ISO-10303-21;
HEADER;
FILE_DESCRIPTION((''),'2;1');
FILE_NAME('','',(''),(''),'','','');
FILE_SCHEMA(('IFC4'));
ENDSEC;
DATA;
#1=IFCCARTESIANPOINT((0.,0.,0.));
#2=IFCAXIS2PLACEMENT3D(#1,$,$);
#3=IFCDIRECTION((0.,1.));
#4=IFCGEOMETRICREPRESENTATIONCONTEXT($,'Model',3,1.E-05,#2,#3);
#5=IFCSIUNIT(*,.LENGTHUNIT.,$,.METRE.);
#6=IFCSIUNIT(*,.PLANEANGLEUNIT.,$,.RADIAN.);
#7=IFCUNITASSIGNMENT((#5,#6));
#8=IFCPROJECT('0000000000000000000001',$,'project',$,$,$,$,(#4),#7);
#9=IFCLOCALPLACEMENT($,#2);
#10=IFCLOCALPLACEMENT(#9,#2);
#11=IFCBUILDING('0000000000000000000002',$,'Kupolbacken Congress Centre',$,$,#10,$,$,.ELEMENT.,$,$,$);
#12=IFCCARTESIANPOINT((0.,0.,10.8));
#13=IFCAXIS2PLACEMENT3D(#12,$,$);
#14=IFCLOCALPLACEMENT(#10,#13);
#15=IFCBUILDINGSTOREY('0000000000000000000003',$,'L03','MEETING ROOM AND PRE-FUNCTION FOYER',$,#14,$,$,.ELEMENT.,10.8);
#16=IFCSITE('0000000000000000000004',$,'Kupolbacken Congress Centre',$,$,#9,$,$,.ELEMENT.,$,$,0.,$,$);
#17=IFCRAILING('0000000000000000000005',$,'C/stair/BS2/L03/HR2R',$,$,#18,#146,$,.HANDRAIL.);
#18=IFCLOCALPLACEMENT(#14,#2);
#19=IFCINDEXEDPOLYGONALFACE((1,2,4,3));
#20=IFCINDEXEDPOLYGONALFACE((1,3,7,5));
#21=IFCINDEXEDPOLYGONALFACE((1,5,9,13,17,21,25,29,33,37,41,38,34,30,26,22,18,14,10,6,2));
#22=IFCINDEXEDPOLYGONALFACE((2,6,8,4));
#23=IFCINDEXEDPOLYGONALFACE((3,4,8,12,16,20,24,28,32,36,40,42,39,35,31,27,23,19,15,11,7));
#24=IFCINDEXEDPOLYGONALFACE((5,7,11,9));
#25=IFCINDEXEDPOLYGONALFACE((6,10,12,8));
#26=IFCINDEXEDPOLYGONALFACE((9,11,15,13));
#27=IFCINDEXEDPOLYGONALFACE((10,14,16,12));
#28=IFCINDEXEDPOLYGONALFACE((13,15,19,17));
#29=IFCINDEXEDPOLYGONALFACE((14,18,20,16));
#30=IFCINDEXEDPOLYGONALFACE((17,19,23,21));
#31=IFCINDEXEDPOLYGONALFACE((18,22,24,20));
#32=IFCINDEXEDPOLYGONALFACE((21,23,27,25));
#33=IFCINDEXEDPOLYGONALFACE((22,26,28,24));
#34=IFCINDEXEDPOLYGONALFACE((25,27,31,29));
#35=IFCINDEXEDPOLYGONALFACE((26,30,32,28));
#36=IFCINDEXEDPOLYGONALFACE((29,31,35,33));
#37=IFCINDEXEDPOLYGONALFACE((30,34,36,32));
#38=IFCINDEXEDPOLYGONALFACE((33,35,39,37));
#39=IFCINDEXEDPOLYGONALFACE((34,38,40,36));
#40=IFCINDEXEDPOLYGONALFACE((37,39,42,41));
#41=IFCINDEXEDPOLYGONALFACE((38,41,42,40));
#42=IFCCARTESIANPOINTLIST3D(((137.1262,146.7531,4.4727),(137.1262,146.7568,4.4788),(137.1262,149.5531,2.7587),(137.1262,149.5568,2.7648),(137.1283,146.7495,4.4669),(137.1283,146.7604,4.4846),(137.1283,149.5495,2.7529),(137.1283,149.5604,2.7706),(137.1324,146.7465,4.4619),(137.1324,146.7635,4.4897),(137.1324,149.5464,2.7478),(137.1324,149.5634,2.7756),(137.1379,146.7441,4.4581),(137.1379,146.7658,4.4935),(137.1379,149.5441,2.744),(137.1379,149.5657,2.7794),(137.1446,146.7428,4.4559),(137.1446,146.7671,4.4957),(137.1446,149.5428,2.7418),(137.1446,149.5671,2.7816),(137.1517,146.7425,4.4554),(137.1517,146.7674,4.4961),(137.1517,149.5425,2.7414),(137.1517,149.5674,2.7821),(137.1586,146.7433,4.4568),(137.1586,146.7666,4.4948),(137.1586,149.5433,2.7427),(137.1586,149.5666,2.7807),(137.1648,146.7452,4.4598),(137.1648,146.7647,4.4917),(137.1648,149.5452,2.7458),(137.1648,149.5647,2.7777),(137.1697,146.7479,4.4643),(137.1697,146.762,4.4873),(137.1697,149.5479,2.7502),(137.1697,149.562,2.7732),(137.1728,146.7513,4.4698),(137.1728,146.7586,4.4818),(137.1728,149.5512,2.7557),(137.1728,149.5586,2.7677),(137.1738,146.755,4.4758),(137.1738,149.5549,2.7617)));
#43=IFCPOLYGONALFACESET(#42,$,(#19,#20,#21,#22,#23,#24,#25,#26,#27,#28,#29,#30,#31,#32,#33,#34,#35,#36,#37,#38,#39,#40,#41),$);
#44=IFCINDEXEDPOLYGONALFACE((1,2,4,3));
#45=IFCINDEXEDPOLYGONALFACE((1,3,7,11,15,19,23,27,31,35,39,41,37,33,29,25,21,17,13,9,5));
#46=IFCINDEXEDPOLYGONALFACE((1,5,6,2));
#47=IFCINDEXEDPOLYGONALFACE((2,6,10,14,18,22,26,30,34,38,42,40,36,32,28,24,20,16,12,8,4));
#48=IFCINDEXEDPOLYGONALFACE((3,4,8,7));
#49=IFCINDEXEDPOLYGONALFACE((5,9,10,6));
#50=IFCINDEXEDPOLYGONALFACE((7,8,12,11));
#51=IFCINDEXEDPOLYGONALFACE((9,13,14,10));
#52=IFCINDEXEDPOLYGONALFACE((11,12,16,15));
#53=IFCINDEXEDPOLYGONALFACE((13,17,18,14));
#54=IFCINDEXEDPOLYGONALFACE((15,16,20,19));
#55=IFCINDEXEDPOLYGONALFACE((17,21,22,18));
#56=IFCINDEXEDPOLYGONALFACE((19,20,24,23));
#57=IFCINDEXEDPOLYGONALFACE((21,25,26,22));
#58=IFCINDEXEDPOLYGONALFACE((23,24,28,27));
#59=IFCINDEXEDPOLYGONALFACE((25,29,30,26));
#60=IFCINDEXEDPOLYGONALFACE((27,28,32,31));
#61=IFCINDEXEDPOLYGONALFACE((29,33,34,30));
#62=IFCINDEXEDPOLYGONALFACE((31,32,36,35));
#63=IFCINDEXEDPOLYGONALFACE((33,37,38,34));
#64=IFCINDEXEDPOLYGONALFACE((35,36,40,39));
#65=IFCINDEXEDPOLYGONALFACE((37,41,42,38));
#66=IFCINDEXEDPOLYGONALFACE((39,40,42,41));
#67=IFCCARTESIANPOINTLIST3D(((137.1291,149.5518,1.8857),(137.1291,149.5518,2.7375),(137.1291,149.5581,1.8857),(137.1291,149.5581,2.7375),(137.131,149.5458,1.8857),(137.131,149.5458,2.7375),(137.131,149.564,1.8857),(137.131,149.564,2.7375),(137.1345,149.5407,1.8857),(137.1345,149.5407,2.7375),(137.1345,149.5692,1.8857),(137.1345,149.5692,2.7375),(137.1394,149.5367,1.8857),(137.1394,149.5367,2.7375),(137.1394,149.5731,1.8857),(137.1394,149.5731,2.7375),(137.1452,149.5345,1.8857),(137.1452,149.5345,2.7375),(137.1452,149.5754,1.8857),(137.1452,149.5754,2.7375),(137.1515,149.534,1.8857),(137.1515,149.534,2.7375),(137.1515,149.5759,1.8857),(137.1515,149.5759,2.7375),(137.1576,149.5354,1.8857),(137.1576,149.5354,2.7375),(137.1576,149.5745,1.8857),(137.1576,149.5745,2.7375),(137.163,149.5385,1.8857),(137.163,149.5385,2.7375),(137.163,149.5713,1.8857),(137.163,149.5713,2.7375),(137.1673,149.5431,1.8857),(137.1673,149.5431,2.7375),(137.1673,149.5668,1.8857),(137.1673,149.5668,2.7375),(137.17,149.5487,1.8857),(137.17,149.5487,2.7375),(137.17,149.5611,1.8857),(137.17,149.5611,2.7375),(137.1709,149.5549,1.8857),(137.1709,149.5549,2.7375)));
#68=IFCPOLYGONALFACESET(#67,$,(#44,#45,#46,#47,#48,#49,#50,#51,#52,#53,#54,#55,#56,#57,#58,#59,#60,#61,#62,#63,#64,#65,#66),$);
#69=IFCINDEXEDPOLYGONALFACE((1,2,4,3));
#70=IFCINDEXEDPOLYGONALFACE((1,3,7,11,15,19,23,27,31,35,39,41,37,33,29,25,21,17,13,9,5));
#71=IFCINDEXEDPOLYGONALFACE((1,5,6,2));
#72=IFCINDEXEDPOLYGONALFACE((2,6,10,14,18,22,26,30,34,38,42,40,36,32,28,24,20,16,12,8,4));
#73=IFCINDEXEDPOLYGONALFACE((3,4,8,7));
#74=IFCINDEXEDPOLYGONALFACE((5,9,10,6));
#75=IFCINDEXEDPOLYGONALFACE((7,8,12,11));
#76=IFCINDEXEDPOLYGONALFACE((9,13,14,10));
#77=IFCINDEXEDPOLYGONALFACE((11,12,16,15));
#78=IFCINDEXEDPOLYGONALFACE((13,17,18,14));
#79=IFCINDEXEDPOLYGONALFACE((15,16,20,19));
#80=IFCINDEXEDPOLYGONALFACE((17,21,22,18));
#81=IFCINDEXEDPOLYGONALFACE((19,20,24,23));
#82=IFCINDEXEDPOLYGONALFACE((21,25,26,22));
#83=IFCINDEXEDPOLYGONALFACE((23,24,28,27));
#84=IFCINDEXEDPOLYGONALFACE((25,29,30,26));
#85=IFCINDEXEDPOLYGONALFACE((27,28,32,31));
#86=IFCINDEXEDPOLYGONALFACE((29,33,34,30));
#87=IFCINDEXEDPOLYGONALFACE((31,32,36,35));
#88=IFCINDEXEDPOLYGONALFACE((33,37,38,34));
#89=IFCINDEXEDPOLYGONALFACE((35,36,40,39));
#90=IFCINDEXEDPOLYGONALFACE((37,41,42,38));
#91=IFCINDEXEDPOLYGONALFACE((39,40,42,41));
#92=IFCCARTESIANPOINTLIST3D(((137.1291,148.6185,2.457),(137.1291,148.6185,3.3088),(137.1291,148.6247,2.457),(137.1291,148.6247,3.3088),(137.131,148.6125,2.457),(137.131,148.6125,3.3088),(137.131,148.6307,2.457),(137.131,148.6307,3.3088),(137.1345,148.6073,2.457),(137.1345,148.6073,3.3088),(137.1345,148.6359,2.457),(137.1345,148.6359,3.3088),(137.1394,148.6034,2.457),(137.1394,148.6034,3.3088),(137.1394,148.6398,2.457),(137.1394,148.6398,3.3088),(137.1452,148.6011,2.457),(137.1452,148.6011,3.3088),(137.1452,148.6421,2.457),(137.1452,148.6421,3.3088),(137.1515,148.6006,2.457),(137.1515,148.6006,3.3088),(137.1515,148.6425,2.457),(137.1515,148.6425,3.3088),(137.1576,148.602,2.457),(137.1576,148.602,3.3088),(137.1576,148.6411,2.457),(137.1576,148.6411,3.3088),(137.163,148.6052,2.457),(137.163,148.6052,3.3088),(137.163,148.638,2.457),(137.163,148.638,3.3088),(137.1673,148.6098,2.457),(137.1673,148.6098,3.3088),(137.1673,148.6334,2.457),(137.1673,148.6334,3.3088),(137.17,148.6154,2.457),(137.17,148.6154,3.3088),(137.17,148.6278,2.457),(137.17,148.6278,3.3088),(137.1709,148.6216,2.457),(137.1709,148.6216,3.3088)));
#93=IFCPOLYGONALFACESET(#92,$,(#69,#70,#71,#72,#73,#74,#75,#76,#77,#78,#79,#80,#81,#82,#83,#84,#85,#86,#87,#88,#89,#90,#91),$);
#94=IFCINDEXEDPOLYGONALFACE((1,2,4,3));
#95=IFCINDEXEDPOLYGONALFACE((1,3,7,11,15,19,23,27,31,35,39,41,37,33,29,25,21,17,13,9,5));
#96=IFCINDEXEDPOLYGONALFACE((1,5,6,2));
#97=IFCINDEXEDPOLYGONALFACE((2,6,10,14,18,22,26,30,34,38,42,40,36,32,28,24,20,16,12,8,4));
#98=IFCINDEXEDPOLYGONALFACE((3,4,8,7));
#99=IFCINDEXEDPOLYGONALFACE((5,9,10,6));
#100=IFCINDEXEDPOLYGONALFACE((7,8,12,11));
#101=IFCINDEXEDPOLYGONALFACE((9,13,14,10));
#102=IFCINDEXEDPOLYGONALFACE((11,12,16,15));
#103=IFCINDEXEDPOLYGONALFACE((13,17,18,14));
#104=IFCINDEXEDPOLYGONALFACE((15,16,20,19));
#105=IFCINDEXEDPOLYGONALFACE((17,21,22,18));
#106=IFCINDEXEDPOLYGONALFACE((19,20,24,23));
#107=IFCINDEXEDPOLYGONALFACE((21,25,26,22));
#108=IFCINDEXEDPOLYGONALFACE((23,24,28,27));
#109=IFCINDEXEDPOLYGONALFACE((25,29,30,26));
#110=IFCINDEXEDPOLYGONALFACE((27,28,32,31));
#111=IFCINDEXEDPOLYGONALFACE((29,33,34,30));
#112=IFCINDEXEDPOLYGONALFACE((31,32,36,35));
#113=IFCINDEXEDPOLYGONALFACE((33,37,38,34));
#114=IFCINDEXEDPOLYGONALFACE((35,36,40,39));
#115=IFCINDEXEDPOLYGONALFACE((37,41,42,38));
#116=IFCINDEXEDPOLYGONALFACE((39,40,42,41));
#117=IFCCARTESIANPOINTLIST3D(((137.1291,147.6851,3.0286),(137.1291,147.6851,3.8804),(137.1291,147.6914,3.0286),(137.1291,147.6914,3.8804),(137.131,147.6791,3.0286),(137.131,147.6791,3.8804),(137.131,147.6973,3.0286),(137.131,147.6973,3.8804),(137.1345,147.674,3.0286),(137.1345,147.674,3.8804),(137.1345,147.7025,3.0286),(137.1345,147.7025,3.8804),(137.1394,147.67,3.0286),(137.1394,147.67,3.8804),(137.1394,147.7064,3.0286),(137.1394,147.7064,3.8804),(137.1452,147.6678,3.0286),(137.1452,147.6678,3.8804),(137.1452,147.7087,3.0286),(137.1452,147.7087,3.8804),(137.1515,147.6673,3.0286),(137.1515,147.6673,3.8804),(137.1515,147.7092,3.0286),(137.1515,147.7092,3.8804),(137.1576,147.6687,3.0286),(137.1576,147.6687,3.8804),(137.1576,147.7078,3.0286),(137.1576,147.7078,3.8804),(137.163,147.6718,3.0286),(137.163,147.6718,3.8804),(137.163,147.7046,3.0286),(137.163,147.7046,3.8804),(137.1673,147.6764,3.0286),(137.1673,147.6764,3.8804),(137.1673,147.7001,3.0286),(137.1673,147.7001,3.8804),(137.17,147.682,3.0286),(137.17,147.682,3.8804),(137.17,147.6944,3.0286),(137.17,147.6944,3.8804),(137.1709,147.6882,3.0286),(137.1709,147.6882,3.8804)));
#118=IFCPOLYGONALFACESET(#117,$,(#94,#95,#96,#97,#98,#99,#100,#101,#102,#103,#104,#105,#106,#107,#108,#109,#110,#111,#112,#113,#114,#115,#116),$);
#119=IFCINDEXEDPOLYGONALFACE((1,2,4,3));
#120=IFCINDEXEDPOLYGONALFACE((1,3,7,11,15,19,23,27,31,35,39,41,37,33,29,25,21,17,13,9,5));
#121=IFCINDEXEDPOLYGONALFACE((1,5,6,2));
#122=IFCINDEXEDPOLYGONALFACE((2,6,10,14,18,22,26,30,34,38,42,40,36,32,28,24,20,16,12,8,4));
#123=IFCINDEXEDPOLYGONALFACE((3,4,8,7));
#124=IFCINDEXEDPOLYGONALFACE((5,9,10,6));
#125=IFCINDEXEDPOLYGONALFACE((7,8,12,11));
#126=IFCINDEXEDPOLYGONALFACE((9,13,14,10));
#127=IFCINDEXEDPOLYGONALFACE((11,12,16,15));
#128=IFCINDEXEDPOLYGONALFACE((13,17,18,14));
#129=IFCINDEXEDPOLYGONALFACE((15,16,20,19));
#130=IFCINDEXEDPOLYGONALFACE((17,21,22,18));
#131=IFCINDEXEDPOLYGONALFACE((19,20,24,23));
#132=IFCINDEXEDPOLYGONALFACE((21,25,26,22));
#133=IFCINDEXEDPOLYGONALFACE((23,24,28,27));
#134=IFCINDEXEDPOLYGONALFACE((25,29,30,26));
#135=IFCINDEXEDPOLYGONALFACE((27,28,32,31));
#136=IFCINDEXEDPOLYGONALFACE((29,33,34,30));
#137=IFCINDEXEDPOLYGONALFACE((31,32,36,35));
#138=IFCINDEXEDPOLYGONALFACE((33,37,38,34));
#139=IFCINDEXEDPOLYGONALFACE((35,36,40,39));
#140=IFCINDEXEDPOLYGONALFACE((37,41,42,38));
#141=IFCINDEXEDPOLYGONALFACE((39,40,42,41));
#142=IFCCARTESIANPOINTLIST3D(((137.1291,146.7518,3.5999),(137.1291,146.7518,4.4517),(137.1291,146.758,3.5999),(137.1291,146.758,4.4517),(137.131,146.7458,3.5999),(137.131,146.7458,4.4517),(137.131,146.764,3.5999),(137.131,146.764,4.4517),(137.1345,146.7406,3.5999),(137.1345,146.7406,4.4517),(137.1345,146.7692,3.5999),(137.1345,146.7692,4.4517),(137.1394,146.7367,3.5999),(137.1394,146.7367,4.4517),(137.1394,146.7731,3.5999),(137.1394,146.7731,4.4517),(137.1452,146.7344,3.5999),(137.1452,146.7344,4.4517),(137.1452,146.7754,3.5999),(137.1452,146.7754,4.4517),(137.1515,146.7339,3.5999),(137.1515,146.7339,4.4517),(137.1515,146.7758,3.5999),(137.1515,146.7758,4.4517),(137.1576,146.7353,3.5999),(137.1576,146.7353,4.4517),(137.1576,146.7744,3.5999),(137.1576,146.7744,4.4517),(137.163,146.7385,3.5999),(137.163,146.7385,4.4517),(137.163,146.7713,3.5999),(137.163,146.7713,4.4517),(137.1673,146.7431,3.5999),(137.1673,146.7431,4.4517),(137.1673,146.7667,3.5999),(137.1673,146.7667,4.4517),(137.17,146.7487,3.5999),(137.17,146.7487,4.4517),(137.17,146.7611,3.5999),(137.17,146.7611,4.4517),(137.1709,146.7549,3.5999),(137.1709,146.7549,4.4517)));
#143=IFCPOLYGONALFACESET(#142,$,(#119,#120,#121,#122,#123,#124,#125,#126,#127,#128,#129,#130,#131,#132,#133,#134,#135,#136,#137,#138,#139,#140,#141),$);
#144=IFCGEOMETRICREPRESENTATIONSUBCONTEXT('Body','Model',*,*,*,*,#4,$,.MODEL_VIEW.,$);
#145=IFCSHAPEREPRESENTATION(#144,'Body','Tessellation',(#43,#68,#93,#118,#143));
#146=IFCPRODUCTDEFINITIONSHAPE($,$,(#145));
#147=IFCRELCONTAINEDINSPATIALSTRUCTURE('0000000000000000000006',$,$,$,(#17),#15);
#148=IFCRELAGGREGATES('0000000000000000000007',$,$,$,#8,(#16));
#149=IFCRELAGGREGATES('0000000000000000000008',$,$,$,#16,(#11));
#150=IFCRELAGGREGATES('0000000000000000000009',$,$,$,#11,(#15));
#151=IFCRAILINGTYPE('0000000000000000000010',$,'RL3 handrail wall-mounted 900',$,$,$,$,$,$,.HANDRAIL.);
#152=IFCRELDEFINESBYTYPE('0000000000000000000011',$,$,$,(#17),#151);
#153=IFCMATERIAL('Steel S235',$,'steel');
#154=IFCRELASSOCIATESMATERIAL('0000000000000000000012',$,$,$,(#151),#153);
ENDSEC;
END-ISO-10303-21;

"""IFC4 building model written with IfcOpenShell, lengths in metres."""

from ifc_helpers import new_model, si_unit, direction, frame, origin, origin_2d, place, context, subcontext, project, spatial, circle, extrude, material, type_object, element, save


model = new_model("IFC4")

# Units and contexts
model_context = context("Model", 3, precision=1e-05, world=origin(), true_north=direction((0.0, 1.0)))
body_context = subcontext(model_context, "Body", "Model", "MODEL_VIEW")
ifc_project = project(units=[si_unit("LENGTHUNIT", "METRE"), si_unit("PLANEANGLEUNIT", "RADIAN")], contexts=[model_context])

# Site, building, storey
site_placement = place(None, origin())
site = spatial("IfcSite", under=ifc_project, at=site_placement, Name="Kupolbacken Congress Centre", CompositionType="ELEMENT", RefElevation=0.0)
building_placement = place(site_placement, origin())
building = spatial("IfcBuilding", under=site, at=building_placement, Name="Kupolbacken Congress Centre", CompositionType="ELEMENT")
storey_placement = place(building_placement, frame((0.0, 0.0, 10.8)))
storey = spatial("IfcBuildingStorey", under=building, at=storey_placement, Name="L03", Description="MEETING ROOM AND PRE-FUNCTION FOYER", CompositionType="ELEMENT", Elevation=10.8)

# Railing
ifc_material_1 = material(Name="Steel S235", Category="steel")
railing_type = type_object("IfcRailingType", Name="RL3 handrail wall-mounted 900", PredefinedType="HANDRAIL", material=ifc_material_1)
for number, where, name in (
    (1, (137.1499, 149.5549, 1.8857), "C/stair/BS2/L03/HR2R"),
):
    element("IfcRailing", number, at=place(storey_placement, frame(where)), inside=storey, type_object=railing_type, Name=name, PredefinedType="HANDRAIL", context=body_context, shape_type="SweptSolid", body=[
        extrude(circle(Radius=0.0239, at=origin_2d()), frame((0.0, 0.0, 0.876), z_axis=(0.0, -0.852879, 0.522109), x_axis=(1.0, 0.0, 0.0)), (0.0, 0.0, 1.0), 3.283),
        extrude(circle(Radius=0.021, at=origin_2d()), origin(), (0.0, 0.0, 1.0), 0.8518),
        extrude(circle(Radius=0.021, at=origin_2d()), frame((0.0, -0.9333, 0.5713)), (0.0, 0.0, 1.0), 0.8518),
        extrude(circle(Radius=0.021, at=origin_2d()), frame((0.0, -1.8667, 1.1428)), (0.0, 0.0, 1.0), 0.8518),
        extrude(circle(Radius=0.021, at=origin_2d()), frame((0.0, -2.8, 1.7141)), (0.0, 0.0, 1.0), 0.8518),
    ])

save(model, "model.ifc")
